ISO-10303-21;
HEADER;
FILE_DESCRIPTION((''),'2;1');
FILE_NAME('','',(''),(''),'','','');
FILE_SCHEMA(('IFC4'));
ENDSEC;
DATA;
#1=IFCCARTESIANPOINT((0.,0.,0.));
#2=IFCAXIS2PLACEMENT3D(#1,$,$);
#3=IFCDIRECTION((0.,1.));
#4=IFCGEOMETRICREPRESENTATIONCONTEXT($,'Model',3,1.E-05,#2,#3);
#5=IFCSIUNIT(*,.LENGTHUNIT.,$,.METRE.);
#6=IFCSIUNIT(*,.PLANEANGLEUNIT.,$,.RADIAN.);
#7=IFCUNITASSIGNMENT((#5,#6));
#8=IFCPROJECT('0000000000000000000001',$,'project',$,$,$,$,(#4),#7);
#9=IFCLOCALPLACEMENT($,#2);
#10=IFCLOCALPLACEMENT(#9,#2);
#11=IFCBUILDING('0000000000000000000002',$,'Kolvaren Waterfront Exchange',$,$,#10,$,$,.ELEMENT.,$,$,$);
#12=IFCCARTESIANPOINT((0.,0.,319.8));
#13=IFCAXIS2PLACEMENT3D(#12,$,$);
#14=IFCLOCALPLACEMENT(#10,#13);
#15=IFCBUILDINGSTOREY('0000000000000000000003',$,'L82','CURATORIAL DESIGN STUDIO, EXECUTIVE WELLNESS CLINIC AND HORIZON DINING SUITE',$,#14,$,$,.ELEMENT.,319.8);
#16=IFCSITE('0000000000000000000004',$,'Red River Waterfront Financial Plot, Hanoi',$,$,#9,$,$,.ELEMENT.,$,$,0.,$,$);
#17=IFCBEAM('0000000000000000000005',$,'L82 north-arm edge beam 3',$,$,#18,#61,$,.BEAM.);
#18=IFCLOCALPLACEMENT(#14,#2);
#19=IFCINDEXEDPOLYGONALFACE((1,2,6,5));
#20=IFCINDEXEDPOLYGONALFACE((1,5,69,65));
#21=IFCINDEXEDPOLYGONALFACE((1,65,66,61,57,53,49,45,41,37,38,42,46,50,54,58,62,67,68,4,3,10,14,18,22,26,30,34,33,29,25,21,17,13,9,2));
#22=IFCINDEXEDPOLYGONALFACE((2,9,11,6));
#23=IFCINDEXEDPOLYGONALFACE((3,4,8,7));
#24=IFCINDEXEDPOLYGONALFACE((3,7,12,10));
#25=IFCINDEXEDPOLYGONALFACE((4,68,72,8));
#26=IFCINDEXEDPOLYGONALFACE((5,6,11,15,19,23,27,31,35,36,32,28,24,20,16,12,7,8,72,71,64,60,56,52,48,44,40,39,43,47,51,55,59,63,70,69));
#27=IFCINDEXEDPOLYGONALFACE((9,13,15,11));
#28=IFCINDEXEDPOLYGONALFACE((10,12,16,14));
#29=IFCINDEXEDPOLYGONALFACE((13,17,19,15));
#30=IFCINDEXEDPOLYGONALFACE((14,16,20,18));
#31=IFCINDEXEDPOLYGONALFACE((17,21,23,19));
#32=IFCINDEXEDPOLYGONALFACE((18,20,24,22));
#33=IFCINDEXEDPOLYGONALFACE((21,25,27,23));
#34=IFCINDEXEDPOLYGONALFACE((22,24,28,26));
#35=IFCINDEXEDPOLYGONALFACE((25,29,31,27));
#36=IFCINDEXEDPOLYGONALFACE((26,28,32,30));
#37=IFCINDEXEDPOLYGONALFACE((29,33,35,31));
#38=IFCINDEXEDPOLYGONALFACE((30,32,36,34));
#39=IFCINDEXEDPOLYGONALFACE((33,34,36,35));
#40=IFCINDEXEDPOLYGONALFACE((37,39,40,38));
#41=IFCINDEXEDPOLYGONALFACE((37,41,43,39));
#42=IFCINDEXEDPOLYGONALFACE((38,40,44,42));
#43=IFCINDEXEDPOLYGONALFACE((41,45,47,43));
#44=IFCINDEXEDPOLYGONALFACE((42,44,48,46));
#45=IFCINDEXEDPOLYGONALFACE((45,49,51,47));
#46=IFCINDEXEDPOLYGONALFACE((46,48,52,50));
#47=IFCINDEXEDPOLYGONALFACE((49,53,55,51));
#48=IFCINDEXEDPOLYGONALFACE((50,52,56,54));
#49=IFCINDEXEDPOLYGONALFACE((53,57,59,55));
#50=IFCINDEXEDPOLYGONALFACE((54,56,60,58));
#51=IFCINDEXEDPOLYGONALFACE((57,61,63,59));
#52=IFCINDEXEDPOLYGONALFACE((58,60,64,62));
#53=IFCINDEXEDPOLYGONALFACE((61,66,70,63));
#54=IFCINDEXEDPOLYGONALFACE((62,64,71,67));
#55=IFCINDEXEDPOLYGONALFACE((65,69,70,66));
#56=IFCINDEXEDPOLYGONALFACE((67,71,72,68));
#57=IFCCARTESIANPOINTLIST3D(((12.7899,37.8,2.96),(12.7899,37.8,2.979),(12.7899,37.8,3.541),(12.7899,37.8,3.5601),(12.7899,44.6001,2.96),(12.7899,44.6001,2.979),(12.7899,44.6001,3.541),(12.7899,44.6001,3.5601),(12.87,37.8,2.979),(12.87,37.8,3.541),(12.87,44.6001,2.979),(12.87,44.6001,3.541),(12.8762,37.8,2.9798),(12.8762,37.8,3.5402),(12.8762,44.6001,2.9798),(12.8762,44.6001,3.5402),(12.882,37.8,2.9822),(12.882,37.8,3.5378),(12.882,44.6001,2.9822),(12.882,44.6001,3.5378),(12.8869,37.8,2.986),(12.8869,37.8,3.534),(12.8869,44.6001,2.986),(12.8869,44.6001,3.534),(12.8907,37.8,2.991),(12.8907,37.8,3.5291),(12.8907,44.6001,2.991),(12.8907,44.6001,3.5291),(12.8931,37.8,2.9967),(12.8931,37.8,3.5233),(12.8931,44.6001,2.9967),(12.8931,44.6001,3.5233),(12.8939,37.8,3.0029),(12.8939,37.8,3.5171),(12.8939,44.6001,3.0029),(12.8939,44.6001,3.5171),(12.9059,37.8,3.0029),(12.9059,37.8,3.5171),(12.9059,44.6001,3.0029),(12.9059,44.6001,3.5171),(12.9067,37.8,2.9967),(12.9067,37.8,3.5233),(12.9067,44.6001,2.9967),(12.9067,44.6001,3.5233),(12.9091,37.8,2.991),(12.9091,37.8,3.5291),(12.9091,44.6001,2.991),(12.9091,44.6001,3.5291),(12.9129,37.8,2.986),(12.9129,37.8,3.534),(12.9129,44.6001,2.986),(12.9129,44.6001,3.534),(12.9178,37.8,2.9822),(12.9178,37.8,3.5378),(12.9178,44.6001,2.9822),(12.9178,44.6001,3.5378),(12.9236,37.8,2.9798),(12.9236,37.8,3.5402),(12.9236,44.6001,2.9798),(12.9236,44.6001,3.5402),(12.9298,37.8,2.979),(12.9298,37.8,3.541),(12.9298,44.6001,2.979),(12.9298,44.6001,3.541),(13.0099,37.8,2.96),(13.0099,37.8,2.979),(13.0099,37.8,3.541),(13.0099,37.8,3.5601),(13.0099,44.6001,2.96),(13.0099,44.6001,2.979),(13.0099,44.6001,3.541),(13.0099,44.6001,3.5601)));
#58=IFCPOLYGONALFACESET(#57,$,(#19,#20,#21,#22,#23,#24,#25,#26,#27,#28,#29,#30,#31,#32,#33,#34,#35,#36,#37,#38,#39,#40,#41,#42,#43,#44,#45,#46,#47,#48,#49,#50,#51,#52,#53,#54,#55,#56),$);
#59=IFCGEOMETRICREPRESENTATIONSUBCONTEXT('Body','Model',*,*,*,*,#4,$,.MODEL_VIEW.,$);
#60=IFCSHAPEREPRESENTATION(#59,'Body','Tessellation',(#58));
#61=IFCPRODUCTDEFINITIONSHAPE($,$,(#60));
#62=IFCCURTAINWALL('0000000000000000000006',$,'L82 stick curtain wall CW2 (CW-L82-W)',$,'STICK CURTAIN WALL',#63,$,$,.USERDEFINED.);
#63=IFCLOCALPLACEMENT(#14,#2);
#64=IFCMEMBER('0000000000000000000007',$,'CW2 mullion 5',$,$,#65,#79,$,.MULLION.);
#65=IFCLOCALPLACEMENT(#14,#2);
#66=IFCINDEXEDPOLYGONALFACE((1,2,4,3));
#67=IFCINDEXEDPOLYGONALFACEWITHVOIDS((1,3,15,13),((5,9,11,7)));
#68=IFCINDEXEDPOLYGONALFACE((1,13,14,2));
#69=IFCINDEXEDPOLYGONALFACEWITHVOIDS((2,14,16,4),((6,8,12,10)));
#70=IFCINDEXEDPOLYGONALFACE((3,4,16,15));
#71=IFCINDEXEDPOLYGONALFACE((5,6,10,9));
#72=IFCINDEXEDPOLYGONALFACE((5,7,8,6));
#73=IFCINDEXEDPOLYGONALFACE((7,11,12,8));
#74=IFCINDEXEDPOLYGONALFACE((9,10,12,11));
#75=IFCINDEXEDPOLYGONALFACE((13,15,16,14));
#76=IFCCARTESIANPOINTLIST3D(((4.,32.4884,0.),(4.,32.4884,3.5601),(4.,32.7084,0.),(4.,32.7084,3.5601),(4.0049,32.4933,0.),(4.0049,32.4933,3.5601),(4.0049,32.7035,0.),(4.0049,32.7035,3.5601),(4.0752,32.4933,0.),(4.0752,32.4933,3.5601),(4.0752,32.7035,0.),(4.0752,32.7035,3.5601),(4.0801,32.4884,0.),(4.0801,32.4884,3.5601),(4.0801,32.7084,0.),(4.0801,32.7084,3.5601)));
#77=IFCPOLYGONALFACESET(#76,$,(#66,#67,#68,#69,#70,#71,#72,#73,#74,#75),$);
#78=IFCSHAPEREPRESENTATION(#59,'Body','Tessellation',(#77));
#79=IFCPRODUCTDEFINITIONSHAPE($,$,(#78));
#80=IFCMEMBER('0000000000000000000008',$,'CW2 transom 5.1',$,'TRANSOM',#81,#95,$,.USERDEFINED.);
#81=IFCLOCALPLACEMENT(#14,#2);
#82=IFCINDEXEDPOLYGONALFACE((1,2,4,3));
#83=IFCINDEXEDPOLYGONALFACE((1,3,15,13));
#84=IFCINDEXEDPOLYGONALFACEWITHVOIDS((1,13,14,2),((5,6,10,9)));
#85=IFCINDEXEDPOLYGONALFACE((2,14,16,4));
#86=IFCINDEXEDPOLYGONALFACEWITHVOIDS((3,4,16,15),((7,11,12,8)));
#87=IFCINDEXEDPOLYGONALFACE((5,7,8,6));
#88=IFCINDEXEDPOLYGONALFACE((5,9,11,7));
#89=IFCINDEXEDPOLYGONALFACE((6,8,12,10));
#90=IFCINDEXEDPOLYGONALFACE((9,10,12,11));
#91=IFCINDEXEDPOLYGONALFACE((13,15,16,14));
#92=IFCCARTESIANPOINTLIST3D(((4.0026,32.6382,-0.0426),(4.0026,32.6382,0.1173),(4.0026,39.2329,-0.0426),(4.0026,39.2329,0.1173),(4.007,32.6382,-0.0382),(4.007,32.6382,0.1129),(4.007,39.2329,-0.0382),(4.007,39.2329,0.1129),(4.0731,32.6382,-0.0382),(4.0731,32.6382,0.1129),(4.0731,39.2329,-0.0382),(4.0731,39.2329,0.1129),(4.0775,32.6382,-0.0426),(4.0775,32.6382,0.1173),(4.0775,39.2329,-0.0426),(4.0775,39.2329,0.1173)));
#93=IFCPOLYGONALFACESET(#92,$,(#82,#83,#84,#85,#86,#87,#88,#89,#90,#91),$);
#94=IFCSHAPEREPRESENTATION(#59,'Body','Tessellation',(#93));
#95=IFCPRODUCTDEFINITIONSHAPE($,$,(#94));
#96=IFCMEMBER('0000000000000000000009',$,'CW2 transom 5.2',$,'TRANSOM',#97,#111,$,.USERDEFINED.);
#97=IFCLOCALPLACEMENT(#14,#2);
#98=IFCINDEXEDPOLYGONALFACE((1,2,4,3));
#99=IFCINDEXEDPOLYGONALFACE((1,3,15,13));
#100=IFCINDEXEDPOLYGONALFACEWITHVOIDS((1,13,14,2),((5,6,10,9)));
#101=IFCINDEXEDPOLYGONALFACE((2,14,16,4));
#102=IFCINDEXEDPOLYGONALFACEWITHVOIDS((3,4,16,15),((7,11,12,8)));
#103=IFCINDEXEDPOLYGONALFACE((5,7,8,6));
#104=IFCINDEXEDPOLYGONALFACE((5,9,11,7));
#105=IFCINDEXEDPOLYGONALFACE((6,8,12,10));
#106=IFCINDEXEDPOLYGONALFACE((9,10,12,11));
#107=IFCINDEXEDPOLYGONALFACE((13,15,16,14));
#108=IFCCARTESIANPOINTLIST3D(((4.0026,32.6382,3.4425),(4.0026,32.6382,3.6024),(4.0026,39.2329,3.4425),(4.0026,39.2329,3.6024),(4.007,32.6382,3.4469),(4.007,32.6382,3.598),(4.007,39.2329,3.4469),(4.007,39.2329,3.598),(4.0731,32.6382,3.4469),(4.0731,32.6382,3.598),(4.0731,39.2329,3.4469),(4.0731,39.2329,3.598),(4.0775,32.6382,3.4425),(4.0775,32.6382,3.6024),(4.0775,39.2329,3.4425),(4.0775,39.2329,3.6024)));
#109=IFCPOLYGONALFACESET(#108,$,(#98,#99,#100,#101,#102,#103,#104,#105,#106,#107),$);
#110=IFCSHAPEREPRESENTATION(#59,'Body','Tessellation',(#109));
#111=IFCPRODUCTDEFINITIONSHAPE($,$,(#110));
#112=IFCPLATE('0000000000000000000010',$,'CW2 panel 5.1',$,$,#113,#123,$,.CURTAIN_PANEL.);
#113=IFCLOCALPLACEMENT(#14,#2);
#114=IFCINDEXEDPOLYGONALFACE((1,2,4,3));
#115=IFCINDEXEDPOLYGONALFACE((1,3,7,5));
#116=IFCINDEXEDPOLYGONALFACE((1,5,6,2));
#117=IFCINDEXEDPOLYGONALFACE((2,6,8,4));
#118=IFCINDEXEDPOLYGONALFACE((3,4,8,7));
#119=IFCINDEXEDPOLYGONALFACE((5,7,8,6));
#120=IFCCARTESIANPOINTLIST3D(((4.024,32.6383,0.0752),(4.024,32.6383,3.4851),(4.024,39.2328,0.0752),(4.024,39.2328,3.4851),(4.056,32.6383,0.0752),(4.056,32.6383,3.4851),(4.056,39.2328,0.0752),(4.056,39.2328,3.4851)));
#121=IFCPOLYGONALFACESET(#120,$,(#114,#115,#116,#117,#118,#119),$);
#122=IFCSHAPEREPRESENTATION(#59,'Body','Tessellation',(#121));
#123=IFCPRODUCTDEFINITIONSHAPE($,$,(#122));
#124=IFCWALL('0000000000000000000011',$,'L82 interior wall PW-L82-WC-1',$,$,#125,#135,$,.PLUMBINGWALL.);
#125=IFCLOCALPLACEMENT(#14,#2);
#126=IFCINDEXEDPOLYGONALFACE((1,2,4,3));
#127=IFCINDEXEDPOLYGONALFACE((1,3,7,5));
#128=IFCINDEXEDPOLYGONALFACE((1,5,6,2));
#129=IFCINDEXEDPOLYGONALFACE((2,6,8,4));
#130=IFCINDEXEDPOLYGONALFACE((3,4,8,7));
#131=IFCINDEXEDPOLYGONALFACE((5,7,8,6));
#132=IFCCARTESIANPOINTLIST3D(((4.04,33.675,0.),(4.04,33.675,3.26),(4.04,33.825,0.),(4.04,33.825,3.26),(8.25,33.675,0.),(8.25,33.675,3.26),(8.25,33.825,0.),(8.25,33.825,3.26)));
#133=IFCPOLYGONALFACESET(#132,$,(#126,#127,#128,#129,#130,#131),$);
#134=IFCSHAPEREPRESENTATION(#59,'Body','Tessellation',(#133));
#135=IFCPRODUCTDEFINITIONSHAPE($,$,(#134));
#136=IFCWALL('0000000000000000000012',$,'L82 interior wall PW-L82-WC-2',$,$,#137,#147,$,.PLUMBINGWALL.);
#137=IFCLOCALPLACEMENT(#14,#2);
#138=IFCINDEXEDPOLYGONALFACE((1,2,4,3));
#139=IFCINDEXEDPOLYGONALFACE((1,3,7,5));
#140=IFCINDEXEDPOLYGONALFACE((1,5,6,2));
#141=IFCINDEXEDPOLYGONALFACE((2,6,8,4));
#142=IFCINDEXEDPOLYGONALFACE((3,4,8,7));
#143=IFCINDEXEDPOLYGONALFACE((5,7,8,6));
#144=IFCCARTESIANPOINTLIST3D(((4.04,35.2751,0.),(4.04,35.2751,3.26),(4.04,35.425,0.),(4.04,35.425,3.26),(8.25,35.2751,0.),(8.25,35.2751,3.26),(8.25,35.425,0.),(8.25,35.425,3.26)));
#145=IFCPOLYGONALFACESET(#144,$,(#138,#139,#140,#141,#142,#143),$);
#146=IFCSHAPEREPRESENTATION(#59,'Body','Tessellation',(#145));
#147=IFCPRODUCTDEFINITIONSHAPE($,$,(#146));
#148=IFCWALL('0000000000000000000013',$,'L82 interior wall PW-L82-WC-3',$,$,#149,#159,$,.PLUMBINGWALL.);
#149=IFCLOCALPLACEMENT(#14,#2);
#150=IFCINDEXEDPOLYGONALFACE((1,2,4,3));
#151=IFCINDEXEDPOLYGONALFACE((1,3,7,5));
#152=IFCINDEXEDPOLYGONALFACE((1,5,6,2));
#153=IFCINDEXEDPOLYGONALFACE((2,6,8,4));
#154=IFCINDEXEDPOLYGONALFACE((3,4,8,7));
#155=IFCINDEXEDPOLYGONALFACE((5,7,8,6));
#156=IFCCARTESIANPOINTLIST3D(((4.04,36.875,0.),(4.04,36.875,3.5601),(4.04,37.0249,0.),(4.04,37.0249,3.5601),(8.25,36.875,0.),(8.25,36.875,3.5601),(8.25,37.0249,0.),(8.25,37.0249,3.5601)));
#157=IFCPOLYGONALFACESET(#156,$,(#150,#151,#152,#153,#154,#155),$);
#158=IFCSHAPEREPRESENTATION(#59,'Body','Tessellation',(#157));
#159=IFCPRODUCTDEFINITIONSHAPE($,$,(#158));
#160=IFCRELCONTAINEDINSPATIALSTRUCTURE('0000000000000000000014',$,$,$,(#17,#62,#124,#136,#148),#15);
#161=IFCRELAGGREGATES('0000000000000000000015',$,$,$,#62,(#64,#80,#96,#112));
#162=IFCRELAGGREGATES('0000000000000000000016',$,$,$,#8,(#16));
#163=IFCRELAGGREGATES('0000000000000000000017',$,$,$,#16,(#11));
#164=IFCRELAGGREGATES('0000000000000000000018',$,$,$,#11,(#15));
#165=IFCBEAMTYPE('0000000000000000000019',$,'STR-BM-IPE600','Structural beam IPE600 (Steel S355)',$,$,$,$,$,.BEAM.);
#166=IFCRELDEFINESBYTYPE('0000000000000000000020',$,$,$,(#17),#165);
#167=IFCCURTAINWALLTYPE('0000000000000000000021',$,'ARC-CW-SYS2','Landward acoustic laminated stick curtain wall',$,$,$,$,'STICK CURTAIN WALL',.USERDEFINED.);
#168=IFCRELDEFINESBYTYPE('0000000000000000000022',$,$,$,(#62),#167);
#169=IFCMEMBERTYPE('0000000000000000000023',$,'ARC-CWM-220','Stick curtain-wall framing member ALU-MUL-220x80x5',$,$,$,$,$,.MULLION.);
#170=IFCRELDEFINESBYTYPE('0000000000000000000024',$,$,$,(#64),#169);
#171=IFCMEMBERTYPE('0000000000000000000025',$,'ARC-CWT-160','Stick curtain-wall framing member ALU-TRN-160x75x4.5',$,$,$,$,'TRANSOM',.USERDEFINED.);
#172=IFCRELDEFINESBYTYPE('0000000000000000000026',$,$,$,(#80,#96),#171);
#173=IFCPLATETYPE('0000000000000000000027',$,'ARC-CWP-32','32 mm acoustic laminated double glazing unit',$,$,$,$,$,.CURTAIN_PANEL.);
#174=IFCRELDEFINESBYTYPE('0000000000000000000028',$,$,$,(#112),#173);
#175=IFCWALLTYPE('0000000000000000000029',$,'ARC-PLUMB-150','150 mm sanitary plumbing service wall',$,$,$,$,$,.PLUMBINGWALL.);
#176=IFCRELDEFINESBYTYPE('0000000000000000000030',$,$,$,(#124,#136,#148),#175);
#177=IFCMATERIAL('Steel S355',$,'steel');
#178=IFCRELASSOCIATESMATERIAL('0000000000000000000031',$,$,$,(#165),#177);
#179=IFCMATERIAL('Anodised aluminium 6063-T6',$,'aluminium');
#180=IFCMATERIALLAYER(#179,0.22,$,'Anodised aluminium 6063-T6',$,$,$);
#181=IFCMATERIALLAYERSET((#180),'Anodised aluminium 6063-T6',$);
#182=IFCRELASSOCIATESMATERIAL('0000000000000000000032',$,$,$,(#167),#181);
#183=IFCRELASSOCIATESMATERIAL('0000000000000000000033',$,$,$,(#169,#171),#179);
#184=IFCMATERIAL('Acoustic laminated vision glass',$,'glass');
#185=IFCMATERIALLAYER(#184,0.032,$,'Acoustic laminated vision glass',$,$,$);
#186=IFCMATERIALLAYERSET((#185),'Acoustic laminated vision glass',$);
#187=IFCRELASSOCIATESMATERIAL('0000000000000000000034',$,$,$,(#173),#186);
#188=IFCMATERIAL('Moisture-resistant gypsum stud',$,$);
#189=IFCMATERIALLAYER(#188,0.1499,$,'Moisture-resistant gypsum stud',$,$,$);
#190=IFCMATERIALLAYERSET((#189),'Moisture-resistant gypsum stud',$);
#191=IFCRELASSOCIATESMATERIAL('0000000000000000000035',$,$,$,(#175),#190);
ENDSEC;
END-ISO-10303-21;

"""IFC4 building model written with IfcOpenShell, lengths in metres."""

from ifc_helpers import new_model, si_unit, direction, frame, frame_2d, origin, origin_with_axes, origin_2d, place, context, subcontext, project, spatial, rectangle, hollow_rectangle, i_section, extrude, source, transform, mapped, material, layer, layer_set, material_profile, profile_set, type_object, element, aggregate, save


model = new_model("IFC4")

# Units and contexts
model_context = context("Model", 3, precision=1e-05, world=origin(), true_north=direction((0.0, 1.0)))
body_context = subcontext(model_context, "Body", "Model", "MODEL_VIEW")
ifc_project = project(units=[si_unit("LENGTHUNIT", "METRE"), si_unit("PLANEANGLEUNIT", "RADIAN")], contexts=[model_context])

# Site, building, storey
site_placement = place(None, origin())
site = spatial("IfcSite", under=ifc_project, at=site_placement, Name="Red River Waterfront Financial Plot, Hanoi", CompositionType="ELEMENT", RefElevation=0.0)
building_placement = place(site_placement, origin())
building = spatial("IfcBuilding", under=site, at=building_placement, Name="Kolvaren Waterfront Exchange", CompositionType="ELEMENT")
storey_placement = place(building_placement, frame((0.0, 0.0, 319.8)))
storey = spatial("IfcBuildingStorey", under=building, at=storey_placement, Name="L82", Description="CURATORIAL DESIGN STUDIO, EXECUTIVE WELLNESS CLINIC AND HORIZON DINING SUITE", CompositionType="ELEMENT", Elevation=319.8)

# Beam
ifc_material_1 = material(Name="Steel S355", Category="steel")
ifc_material_profile_1 = material_profile(ifc_material_1, i_section(OverallWidth=0.22, OverallDepth=0.6001, WebThickness=0.012, FlangeThickness=0.019, FilletRadius=0.0239, at=origin_2d()), Name="IPE600")
ifc_profile_set_1 = profile_set([ifc_material_profile_1], Name="Steel S355")
beam_type_1 = type_object("IfcBeamType", Name="STR-BM-IPE600", Description="Structural beam IPE600 (Steel S355)", PredefinedType="BEAM", material=ifc_profile_set_1)
beam_1_placement = place(storey_placement, frame((12.8999, 37.8, 3.26), z_axis=(0.0, 1.0, 0.0), x_axis=(-1.0, 0.0, 0.0)))
element("IfcBeam", 1, at=beam_1_placement, inside=storey, type_object=beam_type_1, Name="L82 north-arm edge beam 3", PredefinedType="BEAM", context=body_context, shape_type="SweptSolid", body=[
    extrude(i_section(OverallWidth=0.22, OverallDepth=0.6001, WebThickness=0.012, FlangeThickness=0.019, FilletRadius=0.0239, at=origin_2d()), origin(), (0.0, 0.0, 1.0), 6.8),
])

# Curtain wall, members, plate
ifc_material_2 = material(Name="Anodised aluminium 6063-T6", Category="aluminium")
ifc_layer_1 = layer(ifc_material_2, 0.22, Name="Anodised aluminium 6063-T6")
ifc_layer_set_1 = layer_set([ifc_layer_1], Name="Anodised aluminium 6063-T6")
curtain_wall_type = type_object("IfcCurtainWallType", Name="ARC-CW-SYS2", Description="Landward acoustic laminated stick curtain wall", ElementType="STICK CURTAIN WALL", PredefinedType="USERDEFINED", material=ifc_layer_set_1)
curtain_wall_placement = place(storey_placement, origin())
curtain_wall = element("IfcCurtainWall", 2, at=curtain_wall_placement, inside=storey, type_object=curtain_wall_type, Name="L82 stick curtain wall CW2 (CW-L82-W)", ObjectType="STICK CURTAIN WALL", PredefinedType="USERDEFINED")
ifc_material_profile_2 = material_profile(ifc_material_2, hollow_rectangle(XDim=0.0801, YDim=0.22, WallThickness=0.0049, at=origin_2d()), Name="ALU-MUL-220x80x5")
ifc_profile_set_2 = profile_set([ifc_material_profile_2], Name="Anodised aluminium 6063-T6")
member_type_1 = type_object("IfcMemberType", Name="ARC-CWM-220", Description="Stick curtain-wall framing member ALU-MUL-220x80x5", PredefinedType="MULLION", material=ifc_profile_set_2)
shared_shape_1 = source(origin_with_axes(), body_context, "Body", "SweptSolid", [
    extrude(hollow_rectangle(XDim=0.0801, YDim=0.22, WallThickness=0.0049, at=origin_2d()), origin(), (0.0, 0.0, 1.0), 3.5601),
])
member_1_placement = place(storey_placement, frame((4.04, 32.5984, 0.0), z_axis=(0.0, 0.0, 1.0), x_axis=(-1.0, 0.0, 0.0)))
member_1 = element("IfcMember", 3, at=member_1_placement, type_object=member_type_1, Name="CW2 mullion 5", PredefinedType="MULLION", context=body_context, shape_type="MappedRepresentation", body=[
    mapped(shared_shape_1, transform((0.0, 0.0, 0.0), x_axis=(1.0, 0.0, 0.0), y_axis=(0.0, 1.0, 0.0), z_axis=(0.0, 0.0, 1.0), scale=1.0)),
])
ifc_material_profile_3 = material_profile(ifc_material_2, hollow_rectangle(XDim=0.075, YDim=0.1599, WallThickness=0.0044, at=origin_2d()), Name="ALU-TRN-160x75x4.5")
ifc_profile_set_3 = profile_set([ifc_material_profile_3], Name="Anodised aluminium 6063-T6")
member_type_2 = type_object("IfcMemberType", Name="ARC-CWT-160", Description="Stick curtain-wall framing member ALU-TRN-160x75x4.5", ElementType="TRANSOM", PredefinedType="USERDEFINED", material=ifc_profile_set_3)
shared_shape_2 = source(origin_with_axes(), body_context, "Body", "SweptSolid", [
    extrude(hollow_rectangle(XDim=0.075, YDim=0.1599, WallThickness=0.0044, at=origin_2d()), origin(), (0.0, 0.0, 1.0), 6.5947),
])
member_2_placement = place(storey_placement, frame((4.04, 32.6382, 0.0374), z_axis=(0.0, 1.0, 0.0), x_axis=(-1.0, 0.0, 0.0)))
member_2 = element("IfcMember", 4, at=member_2_placement, type_object=member_type_2, Name="CW2 transom 5.1", ObjectType="TRANSOM", PredefinedType="USERDEFINED", context=body_context, shape_type="MappedRepresentation", body=[
    mapped(shared_shape_2, transform((0.0, 0.0, 0.0), x_axis=(1.0, 0.0, 0.0), y_axis=(0.0, 1.0, 0.0), z_axis=(0.0, 0.0, 1.0), scale=1.0)),
])
member_3_placement = place(storey_placement, frame((4.04, 32.6382, 3.5225), z_axis=(0.0, 1.0, 0.0), x_axis=(-1.0, 0.0, 0.0)))
member_3 = element("IfcMember", 5, at=member_3_placement, type_object=member_type_2, Name="CW2 transom 5.2", ObjectType="TRANSOM", PredefinedType="USERDEFINED", context=body_context, shape_type="MappedRepresentation", body=[
    mapped(shared_shape_2, transform((0.0, 0.0, 0.0), x_axis=(1.0, 0.0, 0.0), y_axis=(0.0, 1.0, 0.0), z_axis=(0.0, 0.0, 1.0), scale=1.0)),
])
ifc_material_3 = material(Name="Acoustic laminated vision glass", Category="glass")
ifc_layer_2 = layer(ifc_material_3, 0.032, Name="Acoustic laminated vision glass")
ifc_layer_set_2 = layer_set([ifc_layer_2], Name="Acoustic laminated vision glass")
plate_type = type_object("IfcPlateType", Name="ARC-CWP-32", Description="32 mm acoustic laminated double glazing unit", PredefinedType="CURTAIN_PANEL", material=ifc_layer_set_2)
shared_shape_3 = source(origin_with_axes(), body_context, "Body", "SweptSolid", [
    extrude(rectangle(XDim=6.5945, YDim=0.032, at=origin_2d()), origin(), (0.0, 0.0, 1.0), 3.4099),
])
plate_placement = place(storey_placement, frame((4.04, 35.9355, 0.0752), z_axis=(0.0, 0.0, 1.0), x_axis=(0.0, 1.0, 0.0)))
plate = element("IfcPlate", 6, at=plate_placement, type_object=plate_type, Name="CW2 panel 5.1", PredefinedType="CURTAIN_PANEL", context=body_context, shape_type="MappedRepresentation", body=[
    mapped(shared_shape_3, transform((0.0, 0.0, 0.0), x_axis=(1.0, 0.0, 0.0), y_axis=(0.0, 1.0, 0.0), z_axis=(0.0, 0.0, 1.0), scale=1.0)),
])
aggregate(curtain_wall, [member_1, member_2, member_3, plate])

# Shared definitions
ifc_material_4 = material(Name="Moisture-resistant gypsum stud")
ifc_layer_3 = layer(ifc_material_4, 0.1499, Name="Moisture-resistant gypsum stud")
ifc_layer_set_3 = layer_set([ifc_layer_3], Name="Moisture-resistant gypsum stud")
wall_type = type_object("IfcWallType", Name="ARC-PLUMB-150", Description="150 mm sanitary plumbing service wall", PredefinedType="PLUMBINGWALL", material=ifc_layer_set_3)

# Walls
for number, where, z_axis, x_axis, name in (
    (7, (4.04, 33.75, 0.0), (0.0, 0.0, 1.0), (1.0, 0.0, 0.0), "L82 interior wall PW-L82-WC-1"),
    (8, (4.04, 35.3501, 0.0), (0.0, 0.0, 1.0), (1.0, 0.0, 0.0), "L82 interior wall PW-L82-WC-2"),
):
    element("IfcWall", number, at=place(storey_placement, frame(where, z_axis=z_axis, x_axis=x_axis)), inside=storey, type_object=wall_type, Name=name, PredefinedType="PLUMBINGWALL", context=body_context, shape_type="SweptSolid", body=[
        extrude(rectangle(XDim=4.21, YDim=0.1499, at=frame_2d((2.105, 0.0))), origin(), (0.0, 0.0, 1.0), 3.26),
    ])
wall_1_placement = place(storey_placement, frame((4.04, 36.95, 0.0), z_axis=(0.0, 0.0, 1.0), x_axis=(1.0, 0.0, 0.0)))
element("IfcWall", 9, at=wall_1_placement, inside=storey, type_object=wall_type, Name="L82 interior wall PW-L82-WC-3", PredefinedType="PLUMBINGWALL", context=body_context, shape_type="SweptSolid", body=[
    extrude(rectangle(XDim=4.21, YDim=0.1499, at=frame_2d((2.105, 0.0))), origin(), (0.0, 0.0, 1.0), 3.5601),
])

save(model, "model.ifc")
